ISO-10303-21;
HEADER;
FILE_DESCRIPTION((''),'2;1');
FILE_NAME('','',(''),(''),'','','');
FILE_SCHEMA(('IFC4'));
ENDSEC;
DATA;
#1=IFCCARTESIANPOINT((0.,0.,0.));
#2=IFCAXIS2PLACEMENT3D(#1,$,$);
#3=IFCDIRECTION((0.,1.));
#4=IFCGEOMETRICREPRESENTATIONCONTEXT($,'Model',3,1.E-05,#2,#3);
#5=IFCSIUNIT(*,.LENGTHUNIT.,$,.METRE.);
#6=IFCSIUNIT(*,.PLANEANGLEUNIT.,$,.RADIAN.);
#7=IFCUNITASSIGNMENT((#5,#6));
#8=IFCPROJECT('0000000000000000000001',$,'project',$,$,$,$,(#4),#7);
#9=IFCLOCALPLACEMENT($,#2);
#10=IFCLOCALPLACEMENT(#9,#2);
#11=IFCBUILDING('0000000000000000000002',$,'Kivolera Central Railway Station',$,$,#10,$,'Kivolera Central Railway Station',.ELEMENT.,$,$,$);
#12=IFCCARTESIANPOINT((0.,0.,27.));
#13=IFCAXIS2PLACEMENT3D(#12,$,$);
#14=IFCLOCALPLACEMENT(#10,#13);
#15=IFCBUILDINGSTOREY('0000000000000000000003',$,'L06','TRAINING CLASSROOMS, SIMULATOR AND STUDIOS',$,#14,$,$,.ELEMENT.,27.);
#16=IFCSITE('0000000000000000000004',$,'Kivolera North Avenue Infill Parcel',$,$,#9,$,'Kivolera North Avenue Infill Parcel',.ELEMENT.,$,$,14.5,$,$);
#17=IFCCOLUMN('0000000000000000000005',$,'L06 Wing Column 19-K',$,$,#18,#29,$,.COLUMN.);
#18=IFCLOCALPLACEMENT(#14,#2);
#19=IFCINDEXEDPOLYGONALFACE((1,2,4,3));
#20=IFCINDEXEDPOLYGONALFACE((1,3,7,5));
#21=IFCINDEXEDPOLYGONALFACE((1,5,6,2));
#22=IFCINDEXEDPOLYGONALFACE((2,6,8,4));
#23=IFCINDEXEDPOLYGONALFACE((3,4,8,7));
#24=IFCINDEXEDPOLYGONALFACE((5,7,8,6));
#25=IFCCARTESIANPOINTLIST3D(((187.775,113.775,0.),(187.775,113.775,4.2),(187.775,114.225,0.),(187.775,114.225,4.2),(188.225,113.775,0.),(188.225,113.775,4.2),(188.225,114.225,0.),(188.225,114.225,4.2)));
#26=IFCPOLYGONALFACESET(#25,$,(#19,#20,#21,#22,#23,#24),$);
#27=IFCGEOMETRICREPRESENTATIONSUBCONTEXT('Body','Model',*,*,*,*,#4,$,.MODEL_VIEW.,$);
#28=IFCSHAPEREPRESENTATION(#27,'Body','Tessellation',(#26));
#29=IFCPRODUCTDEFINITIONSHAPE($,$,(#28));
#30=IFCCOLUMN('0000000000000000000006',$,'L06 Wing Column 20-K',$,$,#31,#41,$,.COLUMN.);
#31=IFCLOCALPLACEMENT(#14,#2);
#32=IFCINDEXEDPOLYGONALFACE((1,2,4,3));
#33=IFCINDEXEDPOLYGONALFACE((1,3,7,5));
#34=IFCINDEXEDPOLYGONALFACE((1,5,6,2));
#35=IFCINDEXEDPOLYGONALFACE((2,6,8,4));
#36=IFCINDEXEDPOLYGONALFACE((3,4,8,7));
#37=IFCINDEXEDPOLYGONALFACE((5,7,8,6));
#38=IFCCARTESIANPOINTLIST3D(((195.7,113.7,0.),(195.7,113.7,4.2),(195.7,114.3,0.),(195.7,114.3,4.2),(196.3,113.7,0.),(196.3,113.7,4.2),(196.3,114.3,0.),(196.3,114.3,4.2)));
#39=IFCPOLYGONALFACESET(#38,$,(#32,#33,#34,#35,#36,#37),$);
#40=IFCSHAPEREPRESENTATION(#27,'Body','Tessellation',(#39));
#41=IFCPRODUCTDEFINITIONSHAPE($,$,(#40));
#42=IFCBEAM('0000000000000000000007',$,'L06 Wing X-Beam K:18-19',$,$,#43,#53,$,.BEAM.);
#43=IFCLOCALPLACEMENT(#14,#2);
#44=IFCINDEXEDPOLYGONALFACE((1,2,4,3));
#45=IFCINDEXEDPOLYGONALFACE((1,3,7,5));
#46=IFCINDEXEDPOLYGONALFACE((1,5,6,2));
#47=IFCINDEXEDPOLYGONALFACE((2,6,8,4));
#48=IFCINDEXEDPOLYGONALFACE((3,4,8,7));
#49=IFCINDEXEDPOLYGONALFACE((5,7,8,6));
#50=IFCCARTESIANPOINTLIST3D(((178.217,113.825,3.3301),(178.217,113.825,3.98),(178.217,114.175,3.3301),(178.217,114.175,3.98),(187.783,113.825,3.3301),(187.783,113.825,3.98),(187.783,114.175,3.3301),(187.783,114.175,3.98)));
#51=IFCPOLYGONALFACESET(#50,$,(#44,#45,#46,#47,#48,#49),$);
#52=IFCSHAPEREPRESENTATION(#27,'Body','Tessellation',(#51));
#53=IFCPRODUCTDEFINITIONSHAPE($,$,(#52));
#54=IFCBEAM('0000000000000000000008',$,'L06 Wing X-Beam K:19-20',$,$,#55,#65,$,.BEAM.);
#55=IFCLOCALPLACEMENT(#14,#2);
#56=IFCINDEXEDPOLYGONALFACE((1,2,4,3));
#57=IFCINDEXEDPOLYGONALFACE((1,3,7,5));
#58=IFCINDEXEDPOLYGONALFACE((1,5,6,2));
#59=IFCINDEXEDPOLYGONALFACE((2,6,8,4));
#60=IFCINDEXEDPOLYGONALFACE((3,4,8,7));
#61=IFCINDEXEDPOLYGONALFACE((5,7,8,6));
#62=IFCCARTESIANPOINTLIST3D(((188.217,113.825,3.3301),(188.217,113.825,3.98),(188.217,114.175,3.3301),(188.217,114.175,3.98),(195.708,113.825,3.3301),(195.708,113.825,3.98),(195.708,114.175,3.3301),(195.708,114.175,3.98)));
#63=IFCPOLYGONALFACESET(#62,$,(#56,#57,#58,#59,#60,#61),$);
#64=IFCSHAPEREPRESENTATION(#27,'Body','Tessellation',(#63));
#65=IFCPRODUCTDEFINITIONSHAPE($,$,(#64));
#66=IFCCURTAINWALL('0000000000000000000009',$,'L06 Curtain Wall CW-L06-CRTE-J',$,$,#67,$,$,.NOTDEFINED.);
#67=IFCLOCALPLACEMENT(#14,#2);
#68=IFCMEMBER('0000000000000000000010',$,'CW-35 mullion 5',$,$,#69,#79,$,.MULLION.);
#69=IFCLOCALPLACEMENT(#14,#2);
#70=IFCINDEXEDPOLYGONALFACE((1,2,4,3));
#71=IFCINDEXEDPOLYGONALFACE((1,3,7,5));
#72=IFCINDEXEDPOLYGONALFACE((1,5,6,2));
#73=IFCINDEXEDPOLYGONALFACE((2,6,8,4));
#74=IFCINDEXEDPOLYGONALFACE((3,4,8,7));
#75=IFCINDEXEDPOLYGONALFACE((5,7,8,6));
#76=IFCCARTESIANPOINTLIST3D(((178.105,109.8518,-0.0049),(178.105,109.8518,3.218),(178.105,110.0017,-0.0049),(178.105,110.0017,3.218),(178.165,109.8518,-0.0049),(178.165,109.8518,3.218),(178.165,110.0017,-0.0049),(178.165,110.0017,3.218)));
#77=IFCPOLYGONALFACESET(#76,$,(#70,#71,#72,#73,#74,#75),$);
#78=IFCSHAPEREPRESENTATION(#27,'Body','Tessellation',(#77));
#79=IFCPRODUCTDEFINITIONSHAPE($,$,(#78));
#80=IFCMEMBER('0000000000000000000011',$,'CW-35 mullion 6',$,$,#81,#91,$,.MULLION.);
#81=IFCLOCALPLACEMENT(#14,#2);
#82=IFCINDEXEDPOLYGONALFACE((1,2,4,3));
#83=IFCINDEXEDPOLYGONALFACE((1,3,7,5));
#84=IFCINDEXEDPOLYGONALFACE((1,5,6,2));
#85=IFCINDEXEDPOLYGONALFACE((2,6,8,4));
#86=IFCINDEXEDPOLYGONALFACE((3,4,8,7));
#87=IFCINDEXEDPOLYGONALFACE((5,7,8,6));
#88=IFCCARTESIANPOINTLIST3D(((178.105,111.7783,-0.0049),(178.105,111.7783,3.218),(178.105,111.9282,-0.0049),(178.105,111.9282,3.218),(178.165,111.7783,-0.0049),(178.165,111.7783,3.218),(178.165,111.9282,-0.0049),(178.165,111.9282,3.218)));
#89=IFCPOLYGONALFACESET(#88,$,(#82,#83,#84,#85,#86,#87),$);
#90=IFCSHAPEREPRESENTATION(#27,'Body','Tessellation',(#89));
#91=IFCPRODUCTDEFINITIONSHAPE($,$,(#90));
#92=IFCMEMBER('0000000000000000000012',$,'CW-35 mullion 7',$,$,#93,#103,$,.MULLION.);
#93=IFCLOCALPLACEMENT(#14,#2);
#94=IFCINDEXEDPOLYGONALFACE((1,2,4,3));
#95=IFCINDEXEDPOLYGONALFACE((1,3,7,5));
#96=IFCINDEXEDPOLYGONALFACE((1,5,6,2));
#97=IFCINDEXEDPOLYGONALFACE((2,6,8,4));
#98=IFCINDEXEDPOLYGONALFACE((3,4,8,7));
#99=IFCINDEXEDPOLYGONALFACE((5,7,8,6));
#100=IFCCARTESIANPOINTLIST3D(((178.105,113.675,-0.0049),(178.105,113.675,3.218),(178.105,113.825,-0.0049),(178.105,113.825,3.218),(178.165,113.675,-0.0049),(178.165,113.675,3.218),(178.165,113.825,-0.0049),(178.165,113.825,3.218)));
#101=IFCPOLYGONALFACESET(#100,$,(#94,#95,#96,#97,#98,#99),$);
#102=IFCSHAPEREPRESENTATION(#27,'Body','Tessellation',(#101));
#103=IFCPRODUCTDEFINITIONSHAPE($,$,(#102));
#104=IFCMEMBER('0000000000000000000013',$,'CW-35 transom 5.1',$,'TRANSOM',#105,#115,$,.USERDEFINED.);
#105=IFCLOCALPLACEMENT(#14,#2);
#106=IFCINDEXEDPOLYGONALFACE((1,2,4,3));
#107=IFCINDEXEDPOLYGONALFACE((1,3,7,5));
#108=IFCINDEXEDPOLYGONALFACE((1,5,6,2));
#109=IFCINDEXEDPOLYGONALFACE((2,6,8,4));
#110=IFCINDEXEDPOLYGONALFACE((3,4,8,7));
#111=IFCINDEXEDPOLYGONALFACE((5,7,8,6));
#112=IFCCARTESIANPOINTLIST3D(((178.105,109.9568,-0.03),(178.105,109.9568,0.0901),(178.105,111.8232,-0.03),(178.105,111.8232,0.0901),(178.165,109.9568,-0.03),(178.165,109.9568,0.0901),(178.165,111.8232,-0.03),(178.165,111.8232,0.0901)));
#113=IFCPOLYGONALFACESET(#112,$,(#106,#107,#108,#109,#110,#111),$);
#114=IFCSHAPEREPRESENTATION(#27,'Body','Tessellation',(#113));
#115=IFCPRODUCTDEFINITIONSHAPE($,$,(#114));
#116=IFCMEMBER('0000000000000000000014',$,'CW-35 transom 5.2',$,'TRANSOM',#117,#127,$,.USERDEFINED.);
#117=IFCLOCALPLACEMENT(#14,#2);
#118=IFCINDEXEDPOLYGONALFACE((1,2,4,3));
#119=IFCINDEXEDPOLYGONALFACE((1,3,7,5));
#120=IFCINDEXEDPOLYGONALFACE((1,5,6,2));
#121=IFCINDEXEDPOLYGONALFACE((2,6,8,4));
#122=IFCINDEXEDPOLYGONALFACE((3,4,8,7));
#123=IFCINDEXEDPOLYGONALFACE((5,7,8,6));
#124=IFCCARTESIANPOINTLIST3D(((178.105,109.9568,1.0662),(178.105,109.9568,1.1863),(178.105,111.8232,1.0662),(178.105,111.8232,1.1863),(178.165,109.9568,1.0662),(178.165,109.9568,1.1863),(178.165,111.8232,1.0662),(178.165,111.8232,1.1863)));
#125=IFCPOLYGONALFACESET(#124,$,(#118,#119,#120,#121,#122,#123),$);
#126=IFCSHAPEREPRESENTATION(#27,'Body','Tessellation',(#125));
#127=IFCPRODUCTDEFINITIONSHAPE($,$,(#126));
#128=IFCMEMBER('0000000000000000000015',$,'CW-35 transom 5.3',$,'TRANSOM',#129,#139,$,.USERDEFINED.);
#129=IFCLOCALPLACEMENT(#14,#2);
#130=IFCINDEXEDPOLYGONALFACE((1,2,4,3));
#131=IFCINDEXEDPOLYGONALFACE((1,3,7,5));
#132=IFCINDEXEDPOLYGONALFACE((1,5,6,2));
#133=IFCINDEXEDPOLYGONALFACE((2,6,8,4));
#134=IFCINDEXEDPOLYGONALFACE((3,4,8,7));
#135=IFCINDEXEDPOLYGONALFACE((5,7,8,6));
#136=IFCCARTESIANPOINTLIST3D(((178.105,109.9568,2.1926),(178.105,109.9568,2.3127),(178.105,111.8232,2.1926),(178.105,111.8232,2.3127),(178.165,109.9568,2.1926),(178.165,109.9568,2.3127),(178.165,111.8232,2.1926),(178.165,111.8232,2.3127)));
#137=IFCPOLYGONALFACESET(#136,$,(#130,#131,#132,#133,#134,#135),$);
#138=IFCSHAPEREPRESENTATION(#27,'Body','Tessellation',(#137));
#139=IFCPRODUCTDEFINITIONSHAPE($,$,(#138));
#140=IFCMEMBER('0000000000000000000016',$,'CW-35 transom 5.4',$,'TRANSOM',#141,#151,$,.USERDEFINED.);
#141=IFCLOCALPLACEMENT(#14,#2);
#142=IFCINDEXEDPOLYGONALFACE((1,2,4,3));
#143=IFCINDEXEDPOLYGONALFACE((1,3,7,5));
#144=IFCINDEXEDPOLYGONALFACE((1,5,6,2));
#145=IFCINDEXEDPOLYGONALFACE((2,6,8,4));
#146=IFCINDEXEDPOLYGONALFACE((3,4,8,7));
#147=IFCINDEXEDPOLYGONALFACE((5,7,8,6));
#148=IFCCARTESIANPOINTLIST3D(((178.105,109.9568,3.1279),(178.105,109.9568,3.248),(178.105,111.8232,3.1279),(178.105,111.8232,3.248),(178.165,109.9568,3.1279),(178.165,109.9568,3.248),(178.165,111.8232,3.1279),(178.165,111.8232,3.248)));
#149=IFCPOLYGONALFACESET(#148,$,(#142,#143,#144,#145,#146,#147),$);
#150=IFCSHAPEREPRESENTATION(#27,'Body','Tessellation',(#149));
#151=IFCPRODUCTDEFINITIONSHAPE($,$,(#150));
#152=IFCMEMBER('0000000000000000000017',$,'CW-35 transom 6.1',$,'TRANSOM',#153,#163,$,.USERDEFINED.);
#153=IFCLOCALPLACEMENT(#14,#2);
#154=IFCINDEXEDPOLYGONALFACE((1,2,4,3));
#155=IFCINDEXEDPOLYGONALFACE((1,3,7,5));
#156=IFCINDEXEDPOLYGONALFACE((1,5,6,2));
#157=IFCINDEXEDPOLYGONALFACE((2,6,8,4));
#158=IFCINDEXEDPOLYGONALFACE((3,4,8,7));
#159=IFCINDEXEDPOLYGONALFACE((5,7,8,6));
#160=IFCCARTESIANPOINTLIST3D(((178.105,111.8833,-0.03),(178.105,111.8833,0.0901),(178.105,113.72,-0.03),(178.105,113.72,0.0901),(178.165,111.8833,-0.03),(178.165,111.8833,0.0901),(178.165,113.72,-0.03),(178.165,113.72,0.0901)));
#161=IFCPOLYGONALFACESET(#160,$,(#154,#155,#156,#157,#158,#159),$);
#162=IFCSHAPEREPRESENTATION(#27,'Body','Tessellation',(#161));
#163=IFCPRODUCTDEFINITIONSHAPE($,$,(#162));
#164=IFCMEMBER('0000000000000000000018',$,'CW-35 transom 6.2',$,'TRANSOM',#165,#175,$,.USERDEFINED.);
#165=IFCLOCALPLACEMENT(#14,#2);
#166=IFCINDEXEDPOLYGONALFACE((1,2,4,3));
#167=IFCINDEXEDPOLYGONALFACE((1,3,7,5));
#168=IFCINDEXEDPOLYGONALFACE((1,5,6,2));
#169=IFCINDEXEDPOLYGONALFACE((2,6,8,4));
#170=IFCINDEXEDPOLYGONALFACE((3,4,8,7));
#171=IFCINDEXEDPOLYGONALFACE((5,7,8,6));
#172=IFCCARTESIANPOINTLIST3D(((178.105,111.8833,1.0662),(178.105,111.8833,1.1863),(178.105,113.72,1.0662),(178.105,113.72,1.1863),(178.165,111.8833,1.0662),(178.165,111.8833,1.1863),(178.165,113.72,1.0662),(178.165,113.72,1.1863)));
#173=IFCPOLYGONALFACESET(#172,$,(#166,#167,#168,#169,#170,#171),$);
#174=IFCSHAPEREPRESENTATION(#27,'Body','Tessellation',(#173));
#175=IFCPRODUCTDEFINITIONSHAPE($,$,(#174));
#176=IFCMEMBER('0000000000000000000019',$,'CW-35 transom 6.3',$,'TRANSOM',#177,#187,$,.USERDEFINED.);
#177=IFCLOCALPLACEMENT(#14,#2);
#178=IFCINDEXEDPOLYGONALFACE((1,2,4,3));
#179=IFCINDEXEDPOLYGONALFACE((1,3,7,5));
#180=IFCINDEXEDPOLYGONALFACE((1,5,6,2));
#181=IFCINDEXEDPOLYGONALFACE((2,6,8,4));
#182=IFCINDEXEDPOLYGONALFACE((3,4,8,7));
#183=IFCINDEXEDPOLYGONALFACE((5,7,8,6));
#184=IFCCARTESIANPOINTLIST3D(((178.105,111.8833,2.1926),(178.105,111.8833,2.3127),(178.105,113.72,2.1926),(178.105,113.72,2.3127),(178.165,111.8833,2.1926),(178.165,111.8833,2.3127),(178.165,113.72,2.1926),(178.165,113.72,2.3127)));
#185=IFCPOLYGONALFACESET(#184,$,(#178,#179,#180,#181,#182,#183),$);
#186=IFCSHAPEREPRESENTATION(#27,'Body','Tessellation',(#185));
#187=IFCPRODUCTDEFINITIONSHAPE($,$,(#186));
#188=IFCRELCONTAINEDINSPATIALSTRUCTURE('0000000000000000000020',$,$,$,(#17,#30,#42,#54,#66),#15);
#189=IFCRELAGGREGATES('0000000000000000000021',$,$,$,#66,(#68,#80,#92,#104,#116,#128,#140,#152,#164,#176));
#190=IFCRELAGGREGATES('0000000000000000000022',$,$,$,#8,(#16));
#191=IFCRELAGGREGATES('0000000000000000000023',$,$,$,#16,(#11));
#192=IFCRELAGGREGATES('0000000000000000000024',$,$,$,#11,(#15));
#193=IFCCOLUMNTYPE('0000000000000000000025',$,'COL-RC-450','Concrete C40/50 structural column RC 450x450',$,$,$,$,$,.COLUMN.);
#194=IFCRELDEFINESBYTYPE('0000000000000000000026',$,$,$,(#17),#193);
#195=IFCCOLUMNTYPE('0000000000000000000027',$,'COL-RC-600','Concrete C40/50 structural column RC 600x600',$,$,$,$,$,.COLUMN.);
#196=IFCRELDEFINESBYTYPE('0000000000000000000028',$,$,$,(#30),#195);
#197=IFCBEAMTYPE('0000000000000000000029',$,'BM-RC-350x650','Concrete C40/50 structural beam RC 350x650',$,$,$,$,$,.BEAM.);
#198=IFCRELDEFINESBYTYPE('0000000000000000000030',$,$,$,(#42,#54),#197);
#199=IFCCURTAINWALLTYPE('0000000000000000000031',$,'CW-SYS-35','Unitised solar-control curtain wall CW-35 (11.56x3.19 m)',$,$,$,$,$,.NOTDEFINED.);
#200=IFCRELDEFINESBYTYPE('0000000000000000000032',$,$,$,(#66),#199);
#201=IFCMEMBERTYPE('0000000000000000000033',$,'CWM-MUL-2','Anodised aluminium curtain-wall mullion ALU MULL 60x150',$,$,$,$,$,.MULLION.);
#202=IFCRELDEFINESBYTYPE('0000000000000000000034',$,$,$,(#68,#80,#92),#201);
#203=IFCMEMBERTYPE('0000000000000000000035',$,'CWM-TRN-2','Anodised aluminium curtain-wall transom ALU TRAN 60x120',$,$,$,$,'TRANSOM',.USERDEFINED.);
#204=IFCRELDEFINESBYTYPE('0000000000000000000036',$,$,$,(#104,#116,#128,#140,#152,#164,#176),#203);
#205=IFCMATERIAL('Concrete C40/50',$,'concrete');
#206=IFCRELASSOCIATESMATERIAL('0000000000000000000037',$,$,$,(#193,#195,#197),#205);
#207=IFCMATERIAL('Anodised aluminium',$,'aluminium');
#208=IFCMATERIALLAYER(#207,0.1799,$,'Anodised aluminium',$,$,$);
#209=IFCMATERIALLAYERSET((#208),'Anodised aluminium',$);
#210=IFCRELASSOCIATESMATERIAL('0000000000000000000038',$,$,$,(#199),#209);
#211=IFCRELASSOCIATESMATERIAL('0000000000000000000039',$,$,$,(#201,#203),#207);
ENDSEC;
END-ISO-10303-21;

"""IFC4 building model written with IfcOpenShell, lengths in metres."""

from ifc_helpers import new_model, si_unit, direction, frame, origin, origin_2d, place, context, subcontext, project, spatial, rectangle, extrude, material, layer, layer_set, material_profile, profile_set, type_object, element, aggregate, save


model = new_model("IFC4")

# Units and contexts
model_context = context("Model", 3, precision=1e-05, world=origin(), true_north=direction((0.0, 1.0)))
body_context = subcontext(model_context, "Body", "Model", "MODEL_VIEW")
ifc_project = project(units=[si_unit("LENGTHUNIT", "METRE"), si_unit("PLANEANGLEUNIT", "RADIAN")], contexts=[model_context])

# Site, building, storey
site_placement = place(None, origin())
site = spatial("IfcSite", under=ifc_project, at=site_placement, Name="Kivolera North Avenue Infill Parcel", LongName="Kivolera North Avenue Infill Parcel", CompositionType="ELEMENT", RefElevation=14.5)
building_placement = place(site_placement, origin())
building = spatial("IfcBuilding", under=site, at=building_placement, Name="Kivolera Central Railway Station", LongName="Kivolera Central Railway Station", CompositionType="ELEMENT")
storey_placement = place(building_placement, frame((0.0, 0.0, 27.0)))
storey = spatial("IfcBuildingStorey", under=building, at=storey_placement, Name="L06", Description="TRAINING CLASSROOMS, SIMULATOR AND STUDIOS", CompositionType="ELEMENT", Elevation=27.0)

# Columns
ifc_material_1 = material(Name="Concrete C40/50", Category="concrete")
ifc_material_profile_1 = material_profile(ifc_material_1, rectangle(XDim=0.45, YDim=0.45, at=origin_2d()), Name="RC 450x450")
ifc_profile_set_1 = profile_set([ifc_material_profile_1], Name="Concrete C40/50")
column_type_1 = type_object("IfcColumnType", Name="COL-RC-450", Description="Concrete C40/50 structural column RC 450x450", PredefinedType="COLUMN", material=ifc_profile_set_1)
column_1_placement = place(storey_placement, frame((188.0, 114.0, 0.0), z_axis=(0.0, 0.0, 1.0), x_axis=(1.0, 0.0, 0.0)))
element("IfcColumn", 1, at=column_1_placement, inside=storey, type_object=column_type_1, Name="L06 Wing Column 19-K", PredefinedType="COLUMN", context=body_context, shape_type="SweptSolid", body=[
    extrude(rectangle(XDim=0.45, YDim=0.45, at=origin_2d()), origin(), (0.0, 0.0, 1.0), 4.2),
])
ifc_material_profile_2 = material_profile(ifc_material_1, rectangle(XDim=0.6001, YDim=0.6001, at=origin_2d()), Name="RC 600x600")
ifc_profile_set_2 = profile_set([ifc_material_profile_2], Name="Concrete C40/50")
column_type_2 = type_object("IfcColumnType", Name="COL-RC-600", Description="Concrete C40/50 structural column RC 600x600", PredefinedType="COLUMN", material=ifc_profile_set_2)
column_2_placement = place(storey_placement, frame((196.0, 114.0, 0.0), z_axis=(0.0, 0.0, 1.0), x_axis=(1.0, 0.0, 0.0)))
element("IfcColumn", 2, at=column_2_placement, inside=storey, type_object=column_type_2, Name="L06 Wing Column 20-K", PredefinedType="COLUMN", context=body_context, shape_type="SweptSolid", body=[
    extrude(rectangle(XDim=0.6001, YDim=0.6001, at=origin_2d()), origin(), (0.0, 0.0, 1.0), 4.2),
])

# Beams
ifc_material_profile_3 = material_profile(ifc_material_1, rectangle(XDim=0.3501, YDim=0.6499, at=origin_2d()), Name="RC 350x650")
ifc_profile_set_3 = profile_set([ifc_material_profile_3], Name="Concrete C40/50")
beam_type = type_object("IfcBeamType", Name="BM-RC-350x650", Description="Concrete C40/50 structural beam RC 350x650", PredefinedType="BEAM", material=ifc_profile_set_3)
beam_1_placement = place(storey_placement, frame((178.217, 114.0, 3.655), z_axis=(1.0, 0.0, 0.0), x_axis=(0.0, 1.0, 0.0)))
element("IfcBeam", 3, at=beam_1_placement, inside=storey, type_object=beam_type, Name="L06 Wing X-Beam K:18-19", PredefinedType="BEAM", context=body_context, shape_type="SweptSolid", body=[
    extrude(rectangle(XDim=0.3501, YDim=0.6499, at=origin_2d()), origin(), (0.0, 0.0, 1.0), 9.5659),
])
beam_2_placement = place(storey_placement, frame((188.217, 114.0, 3.655), z_axis=(1.0, 0.0, 0.0), x_axis=(0.0, 1.0, 0.0)))
element("IfcBeam", 4, at=beam_2_placement, inside=storey, type_object=beam_type, Name="L06 Wing X-Beam K:19-20", PredefinedType="BEAM", context=body_context, shape_type="SweptSolid", body=[
    extrude(rectangle(XDim=0.3501, YDim=0.6499, at=origin_2d()), origin(), (0.0, 0.0, 1.0), 7.491),
])

# Curtain wall, members
ifc_material_2 = material(Name="Anodised aluminium", Category="aluminium")
ifc_layer_1 = layer(ifc_material_2, 0.1799, Name="Anodised aluminium")
ifc_layer_set_1 = layer_set([ifc_layer_1], Name="Anodised aluminium")
curtain_wall_type = type_object("IfcCurtainWallType", Name="CW-SYS-35", Description="Unitised solar-control curtain wall CW-35 (11.56x3.19 m)", PredefinedType="NOTDEFINED", material=ifc_layer_set_1)
curtain_wall_placement = place(storey_placement, origin())
curtain_wall = element("IfcCurtainWall", 5, at=curtain_wall_placement, inside=storey, type_object=curtain_wall_type, Name="L06 Curtain Wall CW-L06-CRTE-J", PredefinedType="NOTDEFINED")
ifc_material_profile_4 = material_profile(ifc_material_2, rectangle(XDim=0.0601, YDim=0.1499, at=origin_2d()), Name="ALU MULL 60x150")
ifc_profile_set_4 = profile_set([ifc_material_profile_4], Name="Anodised aluminium")
member_type_1 = type_object("IfcMemberType", Name="CWM-MUL-2", Description="Anodised aluminium curtain-wall mullion ALU MULL 60x150", PredefinedType="MULLION", material=ifc_profile_set_4)
member_1_placement = place(storey_placement, frame((178.135, 109.9268, -0.0049), z_axis=(0.0, 0.0, 1.0), x_axis=(-1.0, 0.0, 0.0)))
member_1 = element("IfcMember", 6, at=member_1_placement, type_object=member_type_1, Name="CW-35 mullion 5", PredefinedType="MULLION", context=body_context, shape_type="SweptSolid", body=[
    extrude(rectangle(XDim=0.0601, YDim=0.1499, at=origin_2d()), origin(), (0.0, 0.0, 1.0), 3.2229),
])
member_2_placement = place(storey_placement, frame((178.135, 111.8533, -0.0049), z_axis=(0.0, 0.0, 1.0), x_axis=(-1.0, 0.0, 0.0)))
member_2 = element("IfcMember", 7, at=member_2_placement, type_object=member_type_1, Name="CW-35 mullion 6", PredefinedType="MULLION", context=body_context, shape_type="SweptSolid", body=[
    extrude(rectangle(XDim=0.0601, YDim=0.1499, at=origin_2d()), origin(), (0.0, 0.0, 1.0), 3.2229),
])
member_3_placement = place(storey_placement, frame((178.135, 113.75, -0.0049), z_axis=(0.0, 0.0, 1.0), x_axis=(-1.0, 0.0, 0.0)))
member_3 = element("IfcMember", 8, at=member_3_placement, type_object=member_type_1, Name="CW-35 mullion 7", PredefinedType="MULLION", context=body_context, shape_type="SweptSolid", body=[
    extrude(rectangle(XDim=0.0601, YDim=0.1499, at=origin_2d()), origin(), (0.0, 0.0, 1.0), 3.2229),
])
ifc_material_profile_5 = material_profile(ifc_material_2, rectangle(XDim=0.0601, YDim=0.1201, at=origin_2d()), Name="ALU TRAN 60x120")
ifc_profile_set_5 = profile_set([ifc_material_profile_5], Name="Anodised aluminium")
member_type_2 = type_object("IfcMemberType", Name="CWM-TRN-2", Description="Anodised aluminium curtain-wall transom ALU TRAN 60x120", ElementType="TRANSOM", PredefinedType="USERDEFINED", material=ifc_profile_set_5)
member_4_placement = place(storey_placement, frame((178.135, 109.9568, 0.03), z_axis=(0.0, 1.0, 0.0), x_axis=(-1.0, 0.0, 0.0)))
member_4 = element("IfcMember", 9, at=member_4_placement, type_object=member_type_2, Name="CW-35 transom 5.1", ObjectType="TRANSOM", PredefinedType="USERDEFINED", context=body_context, shape_type="SweptSolid", body=[
    extrude(rectangle(XDim=0.0601, YDim=0.1201, at=origin_2d()), origin(), (0.0, 0.0, 1.0), 1.8665),
])
member_5_placement = place(storey_placement, frame((178.135, 109.9568, 1.1262), z_axis=(0.0, 1.0, 0.0), x_axis=(-1.0, 0.0, 0.0)))
member_5 = element("IfcMember", 10, at=member_5_placement, type_object=member_type_2, Name="CW-35 transom 5.2", ObjectType="TRANSOM", PredefinedType="USERDEFINED", context=body_context, shape_type="SweptSolid", body=[
    extrude(rectangle(XDim=0.0601, YDim=0.1201, at=origin_2d()), origin(), (0.0, 0.0, 1.0), 1.8665),
])
member_6_placement = place(storey_placement, frame((178.135, 109.9568, 2.2527), z_axis=(0.0, 1.0, 0.0), x_axis=(-1.0, 0.0, 0.0)))
member_6 = element("IfcMember", 11, at=member_6_placement, type_object=member_type_2, Name="CW-35 transom 5.3", ObjectType="TRANSOM", PredefinedType="USERDEFINED", context=body_context, shape_type="SweptSolid", body=[
    extrude(rectangle(XDim=0.0601, YDim=0.1201, at=origin_2d()), origin(), (0.0, 0.0, 1.0), 1.8665),
])
member_7_placement = place(storey_placement, frame((178.135, 109.9568, 3.188), z_axis=(0.0, 1.0, 0.0), x_axis=(-1.0, 0.0, 0.0)))
member_7 = element("IfcMember", 12, at=member_7_placement, type_object=member_type_2, Name="CW-35 transom 5.4", ObjectType="TRANSOM", PredefinedType="USERDEFINED", context=body_context, shape_type="SweptSolid", body=[
    extrude(rectangle(XDim=0.0601, YDim=0.1201, at=origin_2d()), origin(), (0.0, 0.0, 1.0), 1.8665),
])
member_8_placement = place(storey_placement, frame((178.135, 111.8833, 0.03), z_axis=(0.0, 1.0, 0.0), x_axis=(-1.0, 0.0, 0.0)))
member_8 = element("IfcMember", 13, at=member_8_placement, type_object=member_type_2, Name="CW-35 transom 6.1", ObjectType="TRANSOM", PredefinedType="USERDEFINED", context=body_context, shape_type="SweptSolid", body=[
    extrude(rectangle(XDim=0.0601, YDim=0.1201, at=origin_2d()), origin(), (0.0, 0.0, 1.0), 1.8367),
])
member_9_placement = place(storey_placement, frame((178.135, 111.8833, 1.1262), z_axis=(0.0, 1.0, 0.0), x_axis=(-1.0, 0.0, 0.0)))
member_9 = element("IfcMember", 14, at=member_9_placement, type_object=member_type_2, Name="CW-35 transom 6.2", ObjectType="TRANSOM", PredefinedType="USERDEFINED", context=body_context, shape_type="SweptSolid", body=[
    extrude(rectangle(XDim=0.0601, YDim=0.1201, at=origin_2d()), origin(), (0.0, 0.0, 1.0), 1.8367),
])
member_10_placement = place(storey_placement, frame((178.135, 111.8833, 2.2527), z_axis=(0.0, 1.0, 0.0), x_axis=(-1.0, 0.0, 0.0)))
member_10 = element("IfcMember", 15, at=member_10_placement, type_object=member_type_2, Name="CW-35 transom 6.3", ObjectType="TRANSOM", PredefinedType="USERDEFINED", context=body_context, shape_type="SweptSolid", body=[
    extrude(rectangle(XDim=0.0601, YDim=0.1201, at=origin_2d()), origin(), (0.0, 0.0, 1.0), 1.8367),
])
aggregate(curtain_wall, [member_1, member_2, member_3, member_4, member_5, member_6, member_7, member_8, member_9, member_10])

save(model, "model.ifc")
